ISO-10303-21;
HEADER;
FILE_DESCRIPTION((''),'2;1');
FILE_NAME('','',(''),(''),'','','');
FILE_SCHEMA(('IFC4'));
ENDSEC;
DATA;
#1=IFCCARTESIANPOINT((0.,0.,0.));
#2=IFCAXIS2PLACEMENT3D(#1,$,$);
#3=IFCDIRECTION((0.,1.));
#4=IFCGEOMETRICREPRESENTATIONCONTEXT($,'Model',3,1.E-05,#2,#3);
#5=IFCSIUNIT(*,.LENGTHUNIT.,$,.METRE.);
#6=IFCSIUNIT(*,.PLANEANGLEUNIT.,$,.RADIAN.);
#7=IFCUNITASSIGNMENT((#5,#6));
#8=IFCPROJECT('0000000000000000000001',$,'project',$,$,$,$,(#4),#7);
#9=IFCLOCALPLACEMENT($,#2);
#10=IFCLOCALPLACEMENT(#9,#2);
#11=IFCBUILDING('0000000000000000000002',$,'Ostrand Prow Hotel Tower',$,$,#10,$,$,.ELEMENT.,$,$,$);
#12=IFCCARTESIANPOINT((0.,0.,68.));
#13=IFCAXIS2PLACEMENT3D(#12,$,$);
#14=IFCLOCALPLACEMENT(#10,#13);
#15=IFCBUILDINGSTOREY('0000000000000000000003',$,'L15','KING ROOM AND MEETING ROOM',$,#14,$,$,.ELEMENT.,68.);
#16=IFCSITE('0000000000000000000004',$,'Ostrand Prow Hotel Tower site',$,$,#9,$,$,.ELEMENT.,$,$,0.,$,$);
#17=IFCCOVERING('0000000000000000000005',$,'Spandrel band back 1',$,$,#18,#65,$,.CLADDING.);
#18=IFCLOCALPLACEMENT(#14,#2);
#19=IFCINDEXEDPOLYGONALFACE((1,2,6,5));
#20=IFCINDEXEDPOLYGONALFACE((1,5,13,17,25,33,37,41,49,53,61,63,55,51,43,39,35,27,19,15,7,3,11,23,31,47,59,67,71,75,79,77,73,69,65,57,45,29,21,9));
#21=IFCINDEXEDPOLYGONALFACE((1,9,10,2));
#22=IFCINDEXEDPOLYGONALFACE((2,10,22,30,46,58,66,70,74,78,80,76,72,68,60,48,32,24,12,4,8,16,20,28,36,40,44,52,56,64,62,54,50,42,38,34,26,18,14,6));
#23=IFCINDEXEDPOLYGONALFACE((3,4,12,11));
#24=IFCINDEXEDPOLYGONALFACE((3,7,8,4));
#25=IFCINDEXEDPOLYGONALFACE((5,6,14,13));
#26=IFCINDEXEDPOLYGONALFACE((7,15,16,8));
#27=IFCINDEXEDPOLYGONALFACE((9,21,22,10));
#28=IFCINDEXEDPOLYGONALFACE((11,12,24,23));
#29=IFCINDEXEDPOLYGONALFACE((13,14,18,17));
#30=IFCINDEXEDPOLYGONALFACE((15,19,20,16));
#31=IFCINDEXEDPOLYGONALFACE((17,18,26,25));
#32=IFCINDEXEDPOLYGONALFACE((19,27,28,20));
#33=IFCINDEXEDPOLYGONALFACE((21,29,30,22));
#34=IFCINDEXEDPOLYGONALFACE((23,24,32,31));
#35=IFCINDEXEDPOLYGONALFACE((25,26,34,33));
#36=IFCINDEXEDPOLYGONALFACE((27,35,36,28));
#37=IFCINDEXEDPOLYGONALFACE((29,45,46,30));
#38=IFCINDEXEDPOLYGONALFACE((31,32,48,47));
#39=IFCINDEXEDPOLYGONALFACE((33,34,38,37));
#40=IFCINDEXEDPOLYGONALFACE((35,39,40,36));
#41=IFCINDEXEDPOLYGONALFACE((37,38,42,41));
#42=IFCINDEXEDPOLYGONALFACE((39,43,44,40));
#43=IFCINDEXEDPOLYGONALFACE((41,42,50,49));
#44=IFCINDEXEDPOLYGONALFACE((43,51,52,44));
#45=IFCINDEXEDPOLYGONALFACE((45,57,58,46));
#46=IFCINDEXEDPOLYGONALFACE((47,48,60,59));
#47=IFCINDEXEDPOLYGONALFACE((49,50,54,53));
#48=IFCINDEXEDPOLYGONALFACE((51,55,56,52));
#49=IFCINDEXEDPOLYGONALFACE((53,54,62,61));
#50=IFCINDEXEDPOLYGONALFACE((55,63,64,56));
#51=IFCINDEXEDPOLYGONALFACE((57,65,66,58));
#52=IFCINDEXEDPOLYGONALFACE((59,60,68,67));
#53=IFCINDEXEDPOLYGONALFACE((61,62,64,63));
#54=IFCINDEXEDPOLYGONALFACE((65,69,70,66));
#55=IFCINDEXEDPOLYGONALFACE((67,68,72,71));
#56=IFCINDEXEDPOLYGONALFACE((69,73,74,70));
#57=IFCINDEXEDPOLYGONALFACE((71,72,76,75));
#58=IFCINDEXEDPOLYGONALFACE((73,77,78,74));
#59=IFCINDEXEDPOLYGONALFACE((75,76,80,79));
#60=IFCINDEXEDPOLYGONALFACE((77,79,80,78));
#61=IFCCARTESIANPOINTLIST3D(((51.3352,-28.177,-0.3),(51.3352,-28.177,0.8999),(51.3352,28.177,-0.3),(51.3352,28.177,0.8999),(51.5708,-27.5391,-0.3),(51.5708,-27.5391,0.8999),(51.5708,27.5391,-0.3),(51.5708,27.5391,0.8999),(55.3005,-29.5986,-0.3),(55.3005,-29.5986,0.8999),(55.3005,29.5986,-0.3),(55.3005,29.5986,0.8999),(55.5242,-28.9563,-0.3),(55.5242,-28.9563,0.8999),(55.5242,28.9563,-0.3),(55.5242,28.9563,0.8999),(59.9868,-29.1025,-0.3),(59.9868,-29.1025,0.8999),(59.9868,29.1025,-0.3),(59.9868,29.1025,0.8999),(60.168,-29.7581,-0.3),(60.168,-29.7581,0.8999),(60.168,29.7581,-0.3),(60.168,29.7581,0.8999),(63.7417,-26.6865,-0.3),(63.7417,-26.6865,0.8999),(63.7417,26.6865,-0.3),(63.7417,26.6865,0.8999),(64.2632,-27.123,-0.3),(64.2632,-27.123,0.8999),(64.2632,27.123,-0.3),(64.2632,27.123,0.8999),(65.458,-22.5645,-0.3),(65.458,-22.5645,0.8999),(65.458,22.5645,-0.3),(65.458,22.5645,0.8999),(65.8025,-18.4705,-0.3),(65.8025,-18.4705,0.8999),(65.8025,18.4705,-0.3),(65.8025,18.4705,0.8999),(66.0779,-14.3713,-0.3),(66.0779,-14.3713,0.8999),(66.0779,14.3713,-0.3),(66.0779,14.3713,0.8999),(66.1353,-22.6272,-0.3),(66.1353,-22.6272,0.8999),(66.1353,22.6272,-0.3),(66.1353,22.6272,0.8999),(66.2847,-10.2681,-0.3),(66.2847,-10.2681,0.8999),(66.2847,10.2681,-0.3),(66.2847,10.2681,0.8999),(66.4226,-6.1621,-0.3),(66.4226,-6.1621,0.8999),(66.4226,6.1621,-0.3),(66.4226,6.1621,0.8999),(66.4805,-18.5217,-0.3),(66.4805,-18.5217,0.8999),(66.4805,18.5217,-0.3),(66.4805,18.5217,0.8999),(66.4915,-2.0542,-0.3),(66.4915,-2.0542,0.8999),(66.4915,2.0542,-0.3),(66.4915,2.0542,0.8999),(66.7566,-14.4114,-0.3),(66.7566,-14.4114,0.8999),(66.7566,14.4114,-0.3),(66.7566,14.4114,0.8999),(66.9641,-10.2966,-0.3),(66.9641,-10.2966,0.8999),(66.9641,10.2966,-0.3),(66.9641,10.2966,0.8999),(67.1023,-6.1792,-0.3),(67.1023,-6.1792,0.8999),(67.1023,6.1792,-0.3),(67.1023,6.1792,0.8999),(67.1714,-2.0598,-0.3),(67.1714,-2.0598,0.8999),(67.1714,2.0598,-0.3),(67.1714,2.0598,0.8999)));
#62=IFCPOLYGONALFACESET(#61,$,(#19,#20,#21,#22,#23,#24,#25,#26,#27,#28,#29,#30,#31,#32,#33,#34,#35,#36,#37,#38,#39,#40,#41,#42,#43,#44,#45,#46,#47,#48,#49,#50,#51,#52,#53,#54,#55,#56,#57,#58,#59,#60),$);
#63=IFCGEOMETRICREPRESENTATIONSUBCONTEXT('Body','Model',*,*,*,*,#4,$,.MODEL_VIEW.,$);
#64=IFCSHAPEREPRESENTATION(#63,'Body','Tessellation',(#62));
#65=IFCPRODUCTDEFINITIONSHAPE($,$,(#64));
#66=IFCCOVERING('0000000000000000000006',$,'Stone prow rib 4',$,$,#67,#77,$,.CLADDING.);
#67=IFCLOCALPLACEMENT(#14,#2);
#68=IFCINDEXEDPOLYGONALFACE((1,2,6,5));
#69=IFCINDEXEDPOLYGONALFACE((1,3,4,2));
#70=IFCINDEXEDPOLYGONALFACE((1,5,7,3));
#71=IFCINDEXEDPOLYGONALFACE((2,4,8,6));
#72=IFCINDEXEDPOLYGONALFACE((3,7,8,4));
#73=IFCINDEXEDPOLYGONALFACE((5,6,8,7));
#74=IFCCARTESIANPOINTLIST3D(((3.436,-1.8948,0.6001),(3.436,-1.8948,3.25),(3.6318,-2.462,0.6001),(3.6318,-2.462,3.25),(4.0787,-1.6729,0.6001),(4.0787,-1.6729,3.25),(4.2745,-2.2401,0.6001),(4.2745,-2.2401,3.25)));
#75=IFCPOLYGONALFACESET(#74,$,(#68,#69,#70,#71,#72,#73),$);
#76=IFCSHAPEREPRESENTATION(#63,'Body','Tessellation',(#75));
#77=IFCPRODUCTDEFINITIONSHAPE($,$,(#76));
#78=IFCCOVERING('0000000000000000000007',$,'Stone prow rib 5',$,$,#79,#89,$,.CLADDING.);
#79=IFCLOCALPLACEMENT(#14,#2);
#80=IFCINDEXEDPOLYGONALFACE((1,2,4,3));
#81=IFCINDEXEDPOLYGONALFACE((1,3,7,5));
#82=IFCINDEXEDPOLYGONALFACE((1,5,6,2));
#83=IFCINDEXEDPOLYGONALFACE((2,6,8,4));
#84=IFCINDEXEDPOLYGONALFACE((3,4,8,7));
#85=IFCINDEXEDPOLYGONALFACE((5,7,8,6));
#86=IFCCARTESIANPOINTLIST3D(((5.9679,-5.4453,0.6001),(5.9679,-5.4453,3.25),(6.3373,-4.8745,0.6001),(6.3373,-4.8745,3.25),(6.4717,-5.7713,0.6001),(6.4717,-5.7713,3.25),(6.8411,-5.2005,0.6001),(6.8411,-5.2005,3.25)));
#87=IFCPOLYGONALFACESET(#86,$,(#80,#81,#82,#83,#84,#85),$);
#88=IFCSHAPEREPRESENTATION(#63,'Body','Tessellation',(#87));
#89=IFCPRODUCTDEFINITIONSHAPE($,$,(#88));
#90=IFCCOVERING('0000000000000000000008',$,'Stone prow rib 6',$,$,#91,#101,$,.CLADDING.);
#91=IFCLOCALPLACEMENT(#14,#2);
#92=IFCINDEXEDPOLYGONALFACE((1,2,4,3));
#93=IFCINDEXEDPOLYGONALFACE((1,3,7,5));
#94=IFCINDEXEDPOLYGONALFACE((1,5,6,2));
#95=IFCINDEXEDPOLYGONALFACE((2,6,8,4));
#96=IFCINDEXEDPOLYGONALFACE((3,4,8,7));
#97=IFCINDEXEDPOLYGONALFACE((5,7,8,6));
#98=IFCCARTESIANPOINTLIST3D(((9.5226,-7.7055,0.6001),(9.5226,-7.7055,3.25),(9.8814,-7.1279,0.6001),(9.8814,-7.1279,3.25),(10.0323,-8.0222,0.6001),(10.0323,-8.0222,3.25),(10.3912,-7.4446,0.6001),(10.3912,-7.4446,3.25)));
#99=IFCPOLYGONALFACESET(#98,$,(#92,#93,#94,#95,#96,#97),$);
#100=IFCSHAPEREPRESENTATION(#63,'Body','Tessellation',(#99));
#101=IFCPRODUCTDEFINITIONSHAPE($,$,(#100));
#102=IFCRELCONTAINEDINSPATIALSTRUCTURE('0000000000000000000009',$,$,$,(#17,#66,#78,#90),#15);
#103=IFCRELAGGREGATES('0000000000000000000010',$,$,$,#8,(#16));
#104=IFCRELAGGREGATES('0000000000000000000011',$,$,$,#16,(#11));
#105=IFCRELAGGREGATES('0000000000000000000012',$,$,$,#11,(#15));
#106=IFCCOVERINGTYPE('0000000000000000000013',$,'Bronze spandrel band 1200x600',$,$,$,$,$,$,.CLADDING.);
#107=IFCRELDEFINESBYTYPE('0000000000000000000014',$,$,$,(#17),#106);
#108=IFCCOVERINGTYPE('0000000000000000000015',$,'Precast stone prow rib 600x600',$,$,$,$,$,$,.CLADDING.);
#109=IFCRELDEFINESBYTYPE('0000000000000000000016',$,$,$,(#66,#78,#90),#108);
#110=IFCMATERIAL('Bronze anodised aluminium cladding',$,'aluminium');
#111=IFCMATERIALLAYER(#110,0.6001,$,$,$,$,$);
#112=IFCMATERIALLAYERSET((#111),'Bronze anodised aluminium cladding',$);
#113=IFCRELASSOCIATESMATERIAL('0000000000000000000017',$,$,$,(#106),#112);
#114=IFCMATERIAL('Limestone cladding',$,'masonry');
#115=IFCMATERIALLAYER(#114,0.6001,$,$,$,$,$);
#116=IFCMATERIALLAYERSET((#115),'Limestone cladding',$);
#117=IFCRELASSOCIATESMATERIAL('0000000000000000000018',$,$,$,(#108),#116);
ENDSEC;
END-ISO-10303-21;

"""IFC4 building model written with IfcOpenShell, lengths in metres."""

from ifc_helpers import new_model, si_unit, direction, frame, frame_2d, origin, place, context, subcontext, project, spatial, polyline, rectangle, outline, extrude, material, layer, layer_set, type_object, element, save


model = new_model("IFC4")

# Units and contexts
model_context = context("Model", 3, precision=1e-05, world=origin(), true_north=direction((0.0, 1.0)))
body_context = subcontext(model_context, "Body", "Model", "MODEL_VIEW")
ifc_project = project(units=[si_unit("LENGTHUNIT", "METRE"), si_unit("PLANEANGLEUNIT", "RADIAN")], contexts=[model_context])

# Site, building, storey
site_placement = place(None, origin())
site = spatial("IfcSite", under=ifc_project, at=site_placement, Name="Ostrand Prow Hotel Tower site", CompositionType="ELEMENT", RefElevation=0.0)
building_placement = place(site_placement, origin())
building = spatial("IfcBuilding", under=site, at=building_placement, Name="Ostrand Prow Hotel Tower", CompositionType="ELEMENT")
storey_placement = place(building_placement, frame((0.0, 0.0, 68.0)))
storey = spatial("IfcBuildingStorey", under=building, at=storey_placement, Name="L15", Description="KING ROOM AND MEETING ROOM", CompositionType="ELEMENT", Elevation=68.0)

# Coverings
ifc_material_1 = material(Name="Bronze anodised aluminium cladding", Category="aluminium")
ifc_layer_1 = layer(ifc_material_1, 0.6001)
ifc_layer_set_1 = layer_set([ifc_layer_1], Name="Bronze anodised aluminium cladding")
covering_type_1 = type_object("IfcCoveringType", Name="Bronze spandrel band 1200x600", PredefinedType="CLADDING", material=ifc_layer_set_1)
covering_1_placement = place(storey_placement, frame((0.0, 0.0, -0.3)))
element("IfcCovering", 1, at=covering_1_placement, inside=storey, type_object=covering_type_1, Name="Spandrel band back 1", PredefinedType="CLADDING", context=body_context, shape_type="SweptSolid", body=[
    extrude(outline(polyline([(51.3352, -28.177), (55.3005, -29.5986), (60.168, -29.7581), (64.2632, -27.123), (66.1353, -22.6272), (66.4805, -18.5217), (66.7566, -14.4114), (66.9641, -10.2966), (67.1023, -6.1792), (67.1714, -2.0598), (67.1714, 2.0598), (67.1023, 6.1792), (66.9641, 10.2966), (66.7566, 14.4114), (66.4805, 18.5217), (66.1353, 22.6272), (64.2632, 27.123), (60.168, 29.7581), (55.3005, 29.5986), (51.3352, 28.177), (51.5708, 27.5391), (55.5242, 28.9563), (59.9868, 29.1025), (63.7417, 26.6865), (65.458, 22.5645), (65.8025, 18.4705), (66.0779, 14.3713), (66.2847, 10.2681), (66.4226, 6.1621), (66.4915, 2.0542), (66.4915, -2.0542), (66.4226, -6.1621), (66.2847, -10.2681), (66.0779, -14.3713), (65.8025, -18.4705), (65.458, -22.5645), (63.7417, -26.6865), (59.9868, -29.1025), (55.5242, -28.9563), (51.5708, -27.5391), (51.3352, -28.177)])), origin(), (0.0, 0.0, 1.0), 1.2),
])
ifc_material_2 = material(Name="Limestone cladding", Category="masonry")
ifc_layer_2 = layer(ifc_material_2, 0.6001)
ifc_layer_set_2 = layer_set([ifc_layer_2], Name="Limestone cladding")
covering_type_2 = type_object("IfcCoveringType", Name="Precast stone prow rib 600x600", PredefinedType="CLADDING", material=ifc_layer_set_2)
for number, where, z_axis, x_axis, name in (
    (2, (4.1765, -1.9565, 0.6001), (0.0, 0.0, 1.0), (-0.945255, -0.326334, 0.0), "Stone prow rib 4"),
    (3, (6.5891, -5.0376, 0.6001), (0.0, 0.0, 1.0), (-0.543296, -0.839541, 0.0), "Stone prow rib 5"),
    (4, (10.1362, -7.2864, 0.6001), (0.0, 0.0, 1.0), (-0.527738, -0.849407, 0.0), "Stone prow rib 6"),
):
    element("IfcCovering", number, at=place(storey_placement, frame(where, z_axis=z_axis, x_axis=x_axis)), inside=storey, type_object=covering_type_2, Name=name, PredefinedType="CLADDING", context=body_context, shape_type="SweptSolid", body=[
        extrude(rectangle(XDim=0.6799, YDim=0.6001, at=frame_2d((0.3398, 0.0))), origin(), (0.0, 0.0, 1.0), 2.6499),
    ])

save(model, "model.ifc")
